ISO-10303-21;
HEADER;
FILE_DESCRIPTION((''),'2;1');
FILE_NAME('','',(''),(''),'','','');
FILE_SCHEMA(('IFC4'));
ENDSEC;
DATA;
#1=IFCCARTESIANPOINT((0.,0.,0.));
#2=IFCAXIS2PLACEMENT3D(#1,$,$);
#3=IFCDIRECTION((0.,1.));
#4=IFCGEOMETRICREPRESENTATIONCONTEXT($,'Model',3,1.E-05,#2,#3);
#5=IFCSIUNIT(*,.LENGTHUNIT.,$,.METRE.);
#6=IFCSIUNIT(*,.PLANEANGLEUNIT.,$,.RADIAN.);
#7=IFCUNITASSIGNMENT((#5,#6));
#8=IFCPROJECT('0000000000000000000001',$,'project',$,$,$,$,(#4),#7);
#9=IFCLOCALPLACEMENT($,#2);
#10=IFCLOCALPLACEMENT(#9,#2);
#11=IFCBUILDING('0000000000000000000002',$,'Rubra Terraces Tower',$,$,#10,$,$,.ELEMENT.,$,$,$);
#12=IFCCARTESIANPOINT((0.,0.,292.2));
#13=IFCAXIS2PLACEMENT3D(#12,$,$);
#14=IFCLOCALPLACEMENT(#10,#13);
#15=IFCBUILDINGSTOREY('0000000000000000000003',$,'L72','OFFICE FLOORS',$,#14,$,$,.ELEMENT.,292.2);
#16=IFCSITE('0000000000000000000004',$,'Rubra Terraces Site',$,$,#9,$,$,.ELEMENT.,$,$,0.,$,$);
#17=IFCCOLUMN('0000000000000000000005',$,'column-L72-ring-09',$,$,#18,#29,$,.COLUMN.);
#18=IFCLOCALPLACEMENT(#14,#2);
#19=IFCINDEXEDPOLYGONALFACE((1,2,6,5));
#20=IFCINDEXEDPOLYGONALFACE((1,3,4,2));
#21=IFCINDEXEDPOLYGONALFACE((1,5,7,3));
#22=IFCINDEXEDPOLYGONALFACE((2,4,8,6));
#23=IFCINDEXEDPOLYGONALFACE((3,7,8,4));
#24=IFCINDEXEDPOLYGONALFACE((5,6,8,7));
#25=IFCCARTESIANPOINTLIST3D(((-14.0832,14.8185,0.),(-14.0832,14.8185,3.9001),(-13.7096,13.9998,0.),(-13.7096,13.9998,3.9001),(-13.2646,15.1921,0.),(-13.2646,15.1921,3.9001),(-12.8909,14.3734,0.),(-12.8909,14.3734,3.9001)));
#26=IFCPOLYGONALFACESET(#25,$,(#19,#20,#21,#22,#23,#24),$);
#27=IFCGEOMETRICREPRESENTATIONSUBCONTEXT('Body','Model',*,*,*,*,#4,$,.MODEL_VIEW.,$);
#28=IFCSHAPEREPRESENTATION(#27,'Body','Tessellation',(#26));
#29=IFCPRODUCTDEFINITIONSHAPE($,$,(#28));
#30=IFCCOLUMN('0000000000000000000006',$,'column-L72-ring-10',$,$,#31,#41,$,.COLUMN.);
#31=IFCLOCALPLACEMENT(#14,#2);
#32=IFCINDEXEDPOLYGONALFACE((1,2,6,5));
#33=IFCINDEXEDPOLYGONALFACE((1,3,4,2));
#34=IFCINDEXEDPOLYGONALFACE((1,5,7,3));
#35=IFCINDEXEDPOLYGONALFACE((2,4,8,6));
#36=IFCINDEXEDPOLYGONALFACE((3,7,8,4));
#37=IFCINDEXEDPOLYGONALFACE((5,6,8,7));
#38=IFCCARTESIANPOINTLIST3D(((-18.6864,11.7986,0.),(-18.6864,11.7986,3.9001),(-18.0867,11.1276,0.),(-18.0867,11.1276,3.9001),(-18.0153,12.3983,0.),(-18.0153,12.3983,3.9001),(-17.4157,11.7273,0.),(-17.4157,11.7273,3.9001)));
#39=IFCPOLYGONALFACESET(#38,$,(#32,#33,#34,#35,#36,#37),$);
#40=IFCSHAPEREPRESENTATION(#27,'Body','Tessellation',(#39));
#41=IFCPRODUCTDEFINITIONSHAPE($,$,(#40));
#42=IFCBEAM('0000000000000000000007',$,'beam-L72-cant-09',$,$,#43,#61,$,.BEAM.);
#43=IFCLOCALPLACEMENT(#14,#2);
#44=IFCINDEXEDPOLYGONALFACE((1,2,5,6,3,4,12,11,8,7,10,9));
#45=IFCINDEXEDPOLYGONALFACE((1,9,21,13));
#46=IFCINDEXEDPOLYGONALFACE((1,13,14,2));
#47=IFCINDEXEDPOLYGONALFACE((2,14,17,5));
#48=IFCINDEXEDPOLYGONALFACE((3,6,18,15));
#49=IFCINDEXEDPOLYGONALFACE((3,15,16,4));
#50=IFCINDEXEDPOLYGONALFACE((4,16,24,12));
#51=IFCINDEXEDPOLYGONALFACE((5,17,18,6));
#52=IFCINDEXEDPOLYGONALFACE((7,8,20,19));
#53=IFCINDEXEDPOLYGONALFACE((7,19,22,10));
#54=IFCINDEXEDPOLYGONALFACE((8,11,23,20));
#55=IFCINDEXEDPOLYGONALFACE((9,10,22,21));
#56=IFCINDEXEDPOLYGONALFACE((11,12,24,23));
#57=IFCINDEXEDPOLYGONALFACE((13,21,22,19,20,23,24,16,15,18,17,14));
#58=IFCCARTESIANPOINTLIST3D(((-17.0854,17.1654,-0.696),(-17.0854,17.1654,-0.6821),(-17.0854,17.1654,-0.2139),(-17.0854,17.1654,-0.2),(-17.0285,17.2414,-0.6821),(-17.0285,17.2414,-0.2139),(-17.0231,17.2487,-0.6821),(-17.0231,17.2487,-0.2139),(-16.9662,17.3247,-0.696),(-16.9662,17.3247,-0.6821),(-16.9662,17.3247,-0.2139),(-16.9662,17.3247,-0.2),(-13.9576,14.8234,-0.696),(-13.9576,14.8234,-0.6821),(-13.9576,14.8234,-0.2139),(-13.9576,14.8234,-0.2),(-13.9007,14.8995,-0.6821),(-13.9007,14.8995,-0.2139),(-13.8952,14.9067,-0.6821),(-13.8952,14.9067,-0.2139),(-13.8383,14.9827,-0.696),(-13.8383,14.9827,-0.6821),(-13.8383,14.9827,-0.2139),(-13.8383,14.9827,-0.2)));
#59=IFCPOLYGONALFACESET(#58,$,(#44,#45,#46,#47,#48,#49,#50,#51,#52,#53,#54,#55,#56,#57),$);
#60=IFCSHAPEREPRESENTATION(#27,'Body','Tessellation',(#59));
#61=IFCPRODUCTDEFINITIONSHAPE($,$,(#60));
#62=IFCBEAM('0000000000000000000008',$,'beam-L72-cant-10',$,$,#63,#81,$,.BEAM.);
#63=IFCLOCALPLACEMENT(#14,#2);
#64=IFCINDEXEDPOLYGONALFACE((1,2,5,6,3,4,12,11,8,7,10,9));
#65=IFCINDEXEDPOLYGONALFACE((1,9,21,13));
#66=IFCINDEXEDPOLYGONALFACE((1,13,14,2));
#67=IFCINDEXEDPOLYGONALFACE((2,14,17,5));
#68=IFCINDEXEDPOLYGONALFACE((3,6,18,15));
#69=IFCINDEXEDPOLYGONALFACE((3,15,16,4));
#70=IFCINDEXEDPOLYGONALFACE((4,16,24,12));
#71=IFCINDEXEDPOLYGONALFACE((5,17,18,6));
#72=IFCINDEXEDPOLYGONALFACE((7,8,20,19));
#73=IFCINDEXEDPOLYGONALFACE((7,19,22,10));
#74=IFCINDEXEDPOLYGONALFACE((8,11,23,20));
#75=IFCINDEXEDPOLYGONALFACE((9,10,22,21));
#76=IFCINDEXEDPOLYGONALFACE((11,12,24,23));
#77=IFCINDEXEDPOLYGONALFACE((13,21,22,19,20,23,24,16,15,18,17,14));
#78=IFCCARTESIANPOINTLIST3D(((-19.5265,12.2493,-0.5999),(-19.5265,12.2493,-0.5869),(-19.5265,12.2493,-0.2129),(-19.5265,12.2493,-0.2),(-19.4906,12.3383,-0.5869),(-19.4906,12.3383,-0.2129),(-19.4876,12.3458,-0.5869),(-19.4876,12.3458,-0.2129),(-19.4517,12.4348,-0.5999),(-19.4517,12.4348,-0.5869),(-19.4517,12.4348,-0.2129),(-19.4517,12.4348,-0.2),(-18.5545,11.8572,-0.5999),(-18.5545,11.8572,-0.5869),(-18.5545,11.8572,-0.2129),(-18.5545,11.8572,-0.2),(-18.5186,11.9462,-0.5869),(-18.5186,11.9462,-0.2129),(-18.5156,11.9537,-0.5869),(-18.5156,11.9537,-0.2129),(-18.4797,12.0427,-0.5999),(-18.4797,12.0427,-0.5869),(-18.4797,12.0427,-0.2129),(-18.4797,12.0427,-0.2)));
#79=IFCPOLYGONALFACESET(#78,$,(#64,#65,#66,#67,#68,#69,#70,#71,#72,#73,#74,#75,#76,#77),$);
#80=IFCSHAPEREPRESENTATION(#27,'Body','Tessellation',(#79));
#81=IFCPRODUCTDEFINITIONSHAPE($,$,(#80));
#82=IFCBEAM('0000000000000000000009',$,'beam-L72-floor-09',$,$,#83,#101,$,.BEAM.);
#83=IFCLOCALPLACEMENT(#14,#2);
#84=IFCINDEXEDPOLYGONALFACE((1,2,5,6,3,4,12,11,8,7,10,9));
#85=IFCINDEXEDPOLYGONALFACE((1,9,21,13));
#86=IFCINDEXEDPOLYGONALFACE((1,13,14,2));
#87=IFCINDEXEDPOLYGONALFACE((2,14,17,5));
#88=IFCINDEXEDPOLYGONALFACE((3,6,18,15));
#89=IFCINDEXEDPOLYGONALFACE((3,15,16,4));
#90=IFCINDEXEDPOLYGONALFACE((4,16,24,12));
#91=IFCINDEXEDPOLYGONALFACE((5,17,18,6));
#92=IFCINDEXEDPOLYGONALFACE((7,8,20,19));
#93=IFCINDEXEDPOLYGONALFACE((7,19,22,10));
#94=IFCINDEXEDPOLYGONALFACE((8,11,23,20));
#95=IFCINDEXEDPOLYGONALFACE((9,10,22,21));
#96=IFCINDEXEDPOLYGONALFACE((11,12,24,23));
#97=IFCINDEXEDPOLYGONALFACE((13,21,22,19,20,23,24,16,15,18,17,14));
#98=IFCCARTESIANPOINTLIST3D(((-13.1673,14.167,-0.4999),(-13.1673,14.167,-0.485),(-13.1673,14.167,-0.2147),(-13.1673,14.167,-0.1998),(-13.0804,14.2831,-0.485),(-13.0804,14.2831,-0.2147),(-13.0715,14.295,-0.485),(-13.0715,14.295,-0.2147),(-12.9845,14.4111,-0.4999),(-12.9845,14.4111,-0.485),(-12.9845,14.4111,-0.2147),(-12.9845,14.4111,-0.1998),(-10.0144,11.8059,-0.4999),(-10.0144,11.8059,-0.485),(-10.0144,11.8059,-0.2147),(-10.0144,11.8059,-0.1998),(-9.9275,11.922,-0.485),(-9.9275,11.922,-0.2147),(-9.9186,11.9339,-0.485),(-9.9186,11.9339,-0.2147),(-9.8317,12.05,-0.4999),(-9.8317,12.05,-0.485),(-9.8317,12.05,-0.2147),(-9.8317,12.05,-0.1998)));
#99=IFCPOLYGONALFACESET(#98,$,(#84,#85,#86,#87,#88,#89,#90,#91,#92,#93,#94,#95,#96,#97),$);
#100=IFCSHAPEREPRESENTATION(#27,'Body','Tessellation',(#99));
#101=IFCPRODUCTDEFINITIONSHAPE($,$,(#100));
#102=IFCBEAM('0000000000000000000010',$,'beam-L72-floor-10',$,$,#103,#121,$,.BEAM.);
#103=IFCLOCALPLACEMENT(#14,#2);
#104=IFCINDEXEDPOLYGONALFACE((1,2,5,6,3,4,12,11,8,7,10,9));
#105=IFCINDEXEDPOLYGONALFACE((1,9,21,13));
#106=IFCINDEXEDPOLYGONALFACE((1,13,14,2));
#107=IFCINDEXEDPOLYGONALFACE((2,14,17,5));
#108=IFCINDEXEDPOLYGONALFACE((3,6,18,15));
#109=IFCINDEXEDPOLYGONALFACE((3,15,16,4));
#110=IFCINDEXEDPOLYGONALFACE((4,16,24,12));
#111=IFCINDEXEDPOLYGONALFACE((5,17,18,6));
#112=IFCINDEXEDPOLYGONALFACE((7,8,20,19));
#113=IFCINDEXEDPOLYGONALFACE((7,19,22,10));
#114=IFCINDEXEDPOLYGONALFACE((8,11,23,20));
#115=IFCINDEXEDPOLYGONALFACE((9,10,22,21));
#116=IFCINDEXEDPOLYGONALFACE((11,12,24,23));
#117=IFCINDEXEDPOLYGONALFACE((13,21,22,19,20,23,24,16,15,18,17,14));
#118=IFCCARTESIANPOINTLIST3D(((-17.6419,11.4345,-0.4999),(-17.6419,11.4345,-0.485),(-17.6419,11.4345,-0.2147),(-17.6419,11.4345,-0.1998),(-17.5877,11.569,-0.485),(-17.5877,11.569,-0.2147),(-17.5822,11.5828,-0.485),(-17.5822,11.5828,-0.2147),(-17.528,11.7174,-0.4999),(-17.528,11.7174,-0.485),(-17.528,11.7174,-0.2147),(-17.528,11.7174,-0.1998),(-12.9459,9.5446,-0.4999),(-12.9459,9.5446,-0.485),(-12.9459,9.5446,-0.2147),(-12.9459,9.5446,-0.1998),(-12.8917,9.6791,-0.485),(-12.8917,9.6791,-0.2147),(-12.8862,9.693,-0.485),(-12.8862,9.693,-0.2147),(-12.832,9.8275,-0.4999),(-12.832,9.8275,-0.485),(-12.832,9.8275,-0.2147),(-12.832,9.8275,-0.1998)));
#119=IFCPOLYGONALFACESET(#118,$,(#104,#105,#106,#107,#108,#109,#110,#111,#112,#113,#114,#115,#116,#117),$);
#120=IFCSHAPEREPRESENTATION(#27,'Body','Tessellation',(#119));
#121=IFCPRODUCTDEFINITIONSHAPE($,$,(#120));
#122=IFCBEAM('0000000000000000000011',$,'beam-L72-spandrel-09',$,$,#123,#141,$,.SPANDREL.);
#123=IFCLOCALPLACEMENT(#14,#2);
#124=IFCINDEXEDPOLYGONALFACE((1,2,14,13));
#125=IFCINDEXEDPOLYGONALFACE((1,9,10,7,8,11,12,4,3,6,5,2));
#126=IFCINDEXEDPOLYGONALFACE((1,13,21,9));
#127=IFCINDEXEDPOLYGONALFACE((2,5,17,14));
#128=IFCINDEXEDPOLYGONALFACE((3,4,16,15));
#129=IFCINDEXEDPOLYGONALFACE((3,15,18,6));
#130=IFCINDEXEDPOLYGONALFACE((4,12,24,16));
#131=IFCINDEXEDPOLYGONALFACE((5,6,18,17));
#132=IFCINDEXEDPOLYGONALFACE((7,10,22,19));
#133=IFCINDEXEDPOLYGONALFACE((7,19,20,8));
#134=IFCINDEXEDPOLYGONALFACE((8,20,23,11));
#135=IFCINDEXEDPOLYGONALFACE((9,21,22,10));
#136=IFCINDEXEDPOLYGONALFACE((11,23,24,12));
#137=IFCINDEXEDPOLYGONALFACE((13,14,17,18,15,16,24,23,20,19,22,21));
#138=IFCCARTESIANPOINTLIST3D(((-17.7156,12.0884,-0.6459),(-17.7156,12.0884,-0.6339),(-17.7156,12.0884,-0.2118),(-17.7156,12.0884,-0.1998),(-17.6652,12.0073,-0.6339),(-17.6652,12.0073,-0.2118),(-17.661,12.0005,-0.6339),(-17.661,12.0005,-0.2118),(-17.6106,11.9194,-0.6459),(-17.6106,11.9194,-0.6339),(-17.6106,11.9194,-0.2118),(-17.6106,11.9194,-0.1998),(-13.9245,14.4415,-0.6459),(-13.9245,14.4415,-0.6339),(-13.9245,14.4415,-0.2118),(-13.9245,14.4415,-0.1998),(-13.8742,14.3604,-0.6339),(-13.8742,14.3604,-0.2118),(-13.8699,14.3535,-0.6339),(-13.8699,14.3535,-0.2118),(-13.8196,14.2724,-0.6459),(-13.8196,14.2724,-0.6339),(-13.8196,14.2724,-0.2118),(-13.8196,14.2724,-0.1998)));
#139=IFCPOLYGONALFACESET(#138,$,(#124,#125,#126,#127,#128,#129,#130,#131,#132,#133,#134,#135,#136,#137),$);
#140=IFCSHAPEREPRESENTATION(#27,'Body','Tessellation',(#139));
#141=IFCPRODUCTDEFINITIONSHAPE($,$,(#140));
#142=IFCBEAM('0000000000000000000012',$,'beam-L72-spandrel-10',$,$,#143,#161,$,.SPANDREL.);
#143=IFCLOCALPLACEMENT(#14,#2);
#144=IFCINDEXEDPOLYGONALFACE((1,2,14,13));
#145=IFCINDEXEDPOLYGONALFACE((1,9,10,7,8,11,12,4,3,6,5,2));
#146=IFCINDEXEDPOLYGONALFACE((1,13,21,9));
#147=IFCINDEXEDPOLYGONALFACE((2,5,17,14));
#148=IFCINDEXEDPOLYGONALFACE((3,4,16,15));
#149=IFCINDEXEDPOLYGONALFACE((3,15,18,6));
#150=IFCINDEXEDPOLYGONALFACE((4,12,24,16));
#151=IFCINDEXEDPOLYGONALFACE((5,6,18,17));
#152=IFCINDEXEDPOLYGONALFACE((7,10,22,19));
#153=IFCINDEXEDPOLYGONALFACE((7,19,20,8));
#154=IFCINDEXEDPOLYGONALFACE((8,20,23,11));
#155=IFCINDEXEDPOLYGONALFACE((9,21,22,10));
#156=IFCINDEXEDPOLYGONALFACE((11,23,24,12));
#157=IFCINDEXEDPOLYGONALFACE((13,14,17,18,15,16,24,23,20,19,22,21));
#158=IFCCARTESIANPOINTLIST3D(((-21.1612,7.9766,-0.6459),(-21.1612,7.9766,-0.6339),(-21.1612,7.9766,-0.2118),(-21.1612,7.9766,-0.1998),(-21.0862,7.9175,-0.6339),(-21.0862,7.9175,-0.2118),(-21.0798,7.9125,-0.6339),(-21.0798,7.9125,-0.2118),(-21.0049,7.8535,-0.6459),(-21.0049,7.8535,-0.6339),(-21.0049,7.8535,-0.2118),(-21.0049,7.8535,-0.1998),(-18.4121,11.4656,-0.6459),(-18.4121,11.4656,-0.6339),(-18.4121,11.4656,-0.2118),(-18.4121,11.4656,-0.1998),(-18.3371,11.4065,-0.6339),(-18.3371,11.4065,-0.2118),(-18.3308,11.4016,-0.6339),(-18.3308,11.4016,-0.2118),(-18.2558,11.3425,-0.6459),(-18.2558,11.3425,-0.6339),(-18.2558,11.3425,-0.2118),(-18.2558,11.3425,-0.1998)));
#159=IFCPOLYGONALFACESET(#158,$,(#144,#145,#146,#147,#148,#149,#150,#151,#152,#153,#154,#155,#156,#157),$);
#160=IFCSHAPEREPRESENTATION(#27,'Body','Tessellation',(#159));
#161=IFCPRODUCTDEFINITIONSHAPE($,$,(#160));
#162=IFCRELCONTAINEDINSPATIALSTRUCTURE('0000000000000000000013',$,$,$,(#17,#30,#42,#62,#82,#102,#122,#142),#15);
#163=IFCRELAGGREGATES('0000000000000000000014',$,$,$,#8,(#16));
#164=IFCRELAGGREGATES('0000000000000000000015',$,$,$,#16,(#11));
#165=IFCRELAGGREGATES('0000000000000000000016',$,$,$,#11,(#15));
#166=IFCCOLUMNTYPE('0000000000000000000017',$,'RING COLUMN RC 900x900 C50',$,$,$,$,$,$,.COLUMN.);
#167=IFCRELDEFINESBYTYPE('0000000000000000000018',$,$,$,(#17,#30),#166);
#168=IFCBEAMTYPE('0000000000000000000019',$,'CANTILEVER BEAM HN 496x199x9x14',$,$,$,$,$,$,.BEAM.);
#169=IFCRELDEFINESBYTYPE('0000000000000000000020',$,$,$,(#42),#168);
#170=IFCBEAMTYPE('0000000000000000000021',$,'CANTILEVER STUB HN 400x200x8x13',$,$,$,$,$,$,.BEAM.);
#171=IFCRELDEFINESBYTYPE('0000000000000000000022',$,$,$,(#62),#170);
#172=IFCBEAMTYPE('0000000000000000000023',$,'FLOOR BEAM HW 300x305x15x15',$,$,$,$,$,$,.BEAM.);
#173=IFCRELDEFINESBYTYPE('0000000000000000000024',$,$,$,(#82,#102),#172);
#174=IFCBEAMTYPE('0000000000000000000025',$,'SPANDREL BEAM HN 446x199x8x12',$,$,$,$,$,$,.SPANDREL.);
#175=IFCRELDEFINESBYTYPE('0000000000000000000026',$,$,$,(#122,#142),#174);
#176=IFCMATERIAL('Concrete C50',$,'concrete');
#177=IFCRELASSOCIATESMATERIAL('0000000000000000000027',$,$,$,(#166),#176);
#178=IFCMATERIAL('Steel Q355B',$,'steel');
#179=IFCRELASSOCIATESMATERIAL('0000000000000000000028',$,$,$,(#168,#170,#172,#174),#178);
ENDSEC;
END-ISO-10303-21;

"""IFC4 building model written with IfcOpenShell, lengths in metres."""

from ifc_helpers import new_model, si_unit, direction, frame, origin, origin_2d, place, context, subcontext, project, spatial, rectangle, i_section, extrude, material, material_profile, profile_set, type_object, element, save


model = new_model("IFC4")

# Units and contexts
model_context = context("Model", 3, precision=1e-05, world=origin(), true_north=direction((0.0, 1.0)))
body_context = subcontext(model_context, "Body", "Model", "MODEL_VIEW")
ifc_project = project(units=[si_unit("LENGTHUNIT", "METRE"), si_unit("PLANEANGLEUNIT", "RADIAN")], contexts=[model_context])

# Site, building, storey
site_placement = place(None, origin())
site = spatial("IfcSite", under=ifc_project, at=site_placement, Name="Rubra Terraces Site", CompositionType="ELEMENT", RefElevation=0.0)
building_placement = place(site_placement, origin())
building = spatial("IfcBuilding", under=site, at=building_placement, Name="Rubra Terraces Tower", CompositionType="ELEMENT")
storey_placement = place(building_placement, frame((0.0, 0.0, 292.2)))
storey = spatial("IfcBuildingStorey", under=building, at=storey_placement, Name="L72", Description="OFFICE FLOORS", CompositionType="ELEMENT", Elevation=292.2)

# Columns
ifc_material_1 = material(Name="Concrete C50", Category="concrete")
ifc_material_profile_1 = material_profile(ifc_material_1, rectangle(XDim=0.8999, YDim=0.8999, at=origin_2d()), Name="RC 900x900")
ifc_profile_set_1 = profile_set([ifc_material_profile_1], Name="Concrete C50")
column_type = type_object("IfcColumnType", Name="RING COLUMN RC 900x900 C50", PredefinedType="COLUMN", material=ifc_profile_set_1)
for number, where, z_axis, x_axis, name in (
    (1, (-13.4871, 14.5959, 0.0), (0.0, 0.0, 1.0), (-0.909726, -0.415208, 0.0), "column-L72-ring-09"),
    (2, (-18.051, 11.7629, 0.0), (0.0, 0.0, 1.0), (-0.745642, -0.666347, 0.0), "column-L72-ring-10"),
):
    element("IfcColumn", number, at=place(storey_placement, frame(where, z_axis=z_axis, x_axis=x_axis)), inside=storey, type_object=column_type, Name=name, PredefinedType="COLUMN", context=body_context, shape_type="SweptSolid", body=[
        extrude(rectangle(XDim=0.8999, YDim=0.8999, at=origin_2d()), origin(), (0.0, 0.0, 1.0), 3.9001),
    ])

# Beams
ifc_material_2 = material(Name="Steel Q355B", Category="steel")
ifc_material_profile_2 = material_profile(ifc_material_2, i_section(OverallWidth=0.199, OverallDepth=0.4961, WebThickness=0.009, FlangeThickness=0.0139, at=origin_2d()), Name="HN 496x199x9x14")
ifc_profile_set_2 = profile_set([ifc_material_profile_2], Name="Steel Q355B")
beam_type_1 = type_object("IfcBeamType", Name="CANTILEVER BEAM HN 496x199x9x14", PredefinedType="BEAM", material=ifc_profile_set_2)
beam_1_placement = place(storey_placement, frame((-13.8979, 14.9031, -0.448), z_axis=(-0.80048, 0.59936, 0.0), x_axis=(-0.59936, -0.80048, 0.0)))
element("IfcBeam", 3, at=beam_1_placement, inside=storey, type_object=beam_type_1, Name="beam-L72-cant-09", PredefinedType="BEAM", context=body_context, shape_type="SweptSolid", body=[
    extrude(i_section(OverallWidth=0.199, OverallDepth=0.4961, WebThickness=0.009, FlangeThickness=0.0139, at=origin_2d()), origin(), (0.0, 0.0, 1.0), 3.9075),
])
ifc_material_profile_3 = material_profile(ifc_material_2, i_section(OverallWidth=0.2, OverallDepth=0.3999, WebThickness=0.0081, FlangeThickness=0.0129, at=origin_2d()), Name="HN 400x200x8x13")
ifc_profile_set_3 = profile_set([ifc_material_profile_3], Name="Steel Q355B")
beam_type_2 = type_object("IfcBeamType", Name="CANTILEVER STUB HN 400x200x8x13", PredefinedType="BEAM", material=ifc_profile_set_3)
beam_2_placement = place(storey_placement, frame((-18.5171, 11.95, -0.3999), z_axis=(-0.92738, 0.37412, 0.0), x_axis=(-0.37412, -0.92738, 0.0)))
element("IfcBeam", 4, at=beam_2_placement, inside=storey, type_object=beam_type_2, Name="beam-L72-cant-10", PredefinedType="BEAM", context=body_context, shape_type="SweptSolid", body=[
    extrude(i_section(OverallWidth=0.2, OverallDepth=0.3999, WebThickness=0.0081, FlangeThickness=0.0129, at=origin_2d()), origin(), (0.0, 0.0, 1.0), 1.0481),
])
ifc_material_profile_4 = material_profile(ifc_material_2, i_section(OverallWidth=0.3049, OverallDepth=0.3, WebThickness=0.0149, FlangeThickness=0.0149, at=origin_2d()), Name="HW 300x305x15x15")
ifc_profile_set_4 = profile_set([ifc_material_profile_4], Name="Steel Q355B")
beam_type_3 = type_object("IfcBeamType", Name="FLOOR BEAM HW 300x305x15x15", PredefinedType="BEAM", material=ifc_profile_set_4)
beam_3_placement = place(storey_placement, frame((-13.0759, 14.2891, -0.3499), z_axis=(0.800431, -0.599425, 0.0), x_axis=(0.599425, 0.800431, 0.0)))
element("IfcBeam", 5, at=beam_3_placement, inside=storey, type_object=beam_type_3, Name="beam-L72-floor-09", PredefinedType="BEAM", context=body_context, shape_type="SweptSolid", body=[
    extrude(i_section(OverallWidth=0.3049, OverallDepth=0.3, WebThickness=0.0149, FlangeThickness=0.0149, at=origin_2d()), origin(), (0.0, 0.0, 1.0), 3.939),
])
beam_4_placement = place(storey_placement, frame((-17.585, 11.5759, -0.3499), z_axis=(0.927693, -0.373344, 0.0), x_axis=(0.373344, 0.927693, 0.0)))
element("IfcBeam", 6, at=beam_4_placement, inside=storey, type_object=beam_type_3, Name="beam-L72-floor-10", PredefinedType="BEAM", context=body_context, shape_type="SweptSolid", body=[
    extrude(i_section(OverallWidth=0.3049, OverallDepth=0.3, WebThickness=0.0149, FlangeThickness=0.0149, at=origin_2d()), origin(), (0.0, 0.0, 1.0), 5.062),
])
ifc_material_profile_5 = material_profile(ifc_material_2, i_section(OverallWidth=0.199, OverallDepth=0.446, WebThickness=0.0081, FlangeThickness=0.012, at=origin_2d()), Name="HN 446x199x8x12")
ifc_profile_set_5 = profile_set([ifc_material_profile_5], Name="Steel Q355B")
beam_type_4 = type_object("IfcBeamType", Name="SPANDREL BEAM HN 446x199x8x12", PredefinedType="SPANDREL", material=ifc_profile_set_5)
beam_5_placement = place(storey_placement, frame((-13.8721, 14.3569, -0.4229), z_axis=(-0.849642, -0.52736, 0.0), x_axis=(0.52736, -0.849642, 0.0)))
element("IfcBeam", 7, at=beam_5_placement, inside=storey, type_object=beam_type_4, Name="beam-L72-spandrel-09", PredefinedType="SPANDREL", context=body_context, shape_type="SweptSolid", body=[
    extrude(i_section(OverallWidth=0.199, OverallDepth=0.446, WebThickness=0.0081, FlangeThickness=0.012, at=origin_2d()), origin(), (0.0, 0.0, 1.0), 4.4619),
])
beam_6_placement = place(storey_placement, frame((-18.334, 11.4041, -0.4229), z_axis=(-0.618887, -0.78548, 0.0), x_axis=(0.78548, -0.618887, 0.0)))
element("IfcBeam", 8, at=beam_6_placement, inside=storey, type_object=beam_type_4, Name="beam-L72-spandrel-10", PredefinedType="SPANDREL", context=body_context, shape_type="SweptSolid", body=[
    extrude(i_section(OverallWidth=0.199, OverallDepth=0.446, WebThickness=0.0081, FlangeThickness=0.012, at=origin_2d()), origin(), (0.0, 0.0, 1.0), 4.4419),
])

save(model, "model.ifc")
